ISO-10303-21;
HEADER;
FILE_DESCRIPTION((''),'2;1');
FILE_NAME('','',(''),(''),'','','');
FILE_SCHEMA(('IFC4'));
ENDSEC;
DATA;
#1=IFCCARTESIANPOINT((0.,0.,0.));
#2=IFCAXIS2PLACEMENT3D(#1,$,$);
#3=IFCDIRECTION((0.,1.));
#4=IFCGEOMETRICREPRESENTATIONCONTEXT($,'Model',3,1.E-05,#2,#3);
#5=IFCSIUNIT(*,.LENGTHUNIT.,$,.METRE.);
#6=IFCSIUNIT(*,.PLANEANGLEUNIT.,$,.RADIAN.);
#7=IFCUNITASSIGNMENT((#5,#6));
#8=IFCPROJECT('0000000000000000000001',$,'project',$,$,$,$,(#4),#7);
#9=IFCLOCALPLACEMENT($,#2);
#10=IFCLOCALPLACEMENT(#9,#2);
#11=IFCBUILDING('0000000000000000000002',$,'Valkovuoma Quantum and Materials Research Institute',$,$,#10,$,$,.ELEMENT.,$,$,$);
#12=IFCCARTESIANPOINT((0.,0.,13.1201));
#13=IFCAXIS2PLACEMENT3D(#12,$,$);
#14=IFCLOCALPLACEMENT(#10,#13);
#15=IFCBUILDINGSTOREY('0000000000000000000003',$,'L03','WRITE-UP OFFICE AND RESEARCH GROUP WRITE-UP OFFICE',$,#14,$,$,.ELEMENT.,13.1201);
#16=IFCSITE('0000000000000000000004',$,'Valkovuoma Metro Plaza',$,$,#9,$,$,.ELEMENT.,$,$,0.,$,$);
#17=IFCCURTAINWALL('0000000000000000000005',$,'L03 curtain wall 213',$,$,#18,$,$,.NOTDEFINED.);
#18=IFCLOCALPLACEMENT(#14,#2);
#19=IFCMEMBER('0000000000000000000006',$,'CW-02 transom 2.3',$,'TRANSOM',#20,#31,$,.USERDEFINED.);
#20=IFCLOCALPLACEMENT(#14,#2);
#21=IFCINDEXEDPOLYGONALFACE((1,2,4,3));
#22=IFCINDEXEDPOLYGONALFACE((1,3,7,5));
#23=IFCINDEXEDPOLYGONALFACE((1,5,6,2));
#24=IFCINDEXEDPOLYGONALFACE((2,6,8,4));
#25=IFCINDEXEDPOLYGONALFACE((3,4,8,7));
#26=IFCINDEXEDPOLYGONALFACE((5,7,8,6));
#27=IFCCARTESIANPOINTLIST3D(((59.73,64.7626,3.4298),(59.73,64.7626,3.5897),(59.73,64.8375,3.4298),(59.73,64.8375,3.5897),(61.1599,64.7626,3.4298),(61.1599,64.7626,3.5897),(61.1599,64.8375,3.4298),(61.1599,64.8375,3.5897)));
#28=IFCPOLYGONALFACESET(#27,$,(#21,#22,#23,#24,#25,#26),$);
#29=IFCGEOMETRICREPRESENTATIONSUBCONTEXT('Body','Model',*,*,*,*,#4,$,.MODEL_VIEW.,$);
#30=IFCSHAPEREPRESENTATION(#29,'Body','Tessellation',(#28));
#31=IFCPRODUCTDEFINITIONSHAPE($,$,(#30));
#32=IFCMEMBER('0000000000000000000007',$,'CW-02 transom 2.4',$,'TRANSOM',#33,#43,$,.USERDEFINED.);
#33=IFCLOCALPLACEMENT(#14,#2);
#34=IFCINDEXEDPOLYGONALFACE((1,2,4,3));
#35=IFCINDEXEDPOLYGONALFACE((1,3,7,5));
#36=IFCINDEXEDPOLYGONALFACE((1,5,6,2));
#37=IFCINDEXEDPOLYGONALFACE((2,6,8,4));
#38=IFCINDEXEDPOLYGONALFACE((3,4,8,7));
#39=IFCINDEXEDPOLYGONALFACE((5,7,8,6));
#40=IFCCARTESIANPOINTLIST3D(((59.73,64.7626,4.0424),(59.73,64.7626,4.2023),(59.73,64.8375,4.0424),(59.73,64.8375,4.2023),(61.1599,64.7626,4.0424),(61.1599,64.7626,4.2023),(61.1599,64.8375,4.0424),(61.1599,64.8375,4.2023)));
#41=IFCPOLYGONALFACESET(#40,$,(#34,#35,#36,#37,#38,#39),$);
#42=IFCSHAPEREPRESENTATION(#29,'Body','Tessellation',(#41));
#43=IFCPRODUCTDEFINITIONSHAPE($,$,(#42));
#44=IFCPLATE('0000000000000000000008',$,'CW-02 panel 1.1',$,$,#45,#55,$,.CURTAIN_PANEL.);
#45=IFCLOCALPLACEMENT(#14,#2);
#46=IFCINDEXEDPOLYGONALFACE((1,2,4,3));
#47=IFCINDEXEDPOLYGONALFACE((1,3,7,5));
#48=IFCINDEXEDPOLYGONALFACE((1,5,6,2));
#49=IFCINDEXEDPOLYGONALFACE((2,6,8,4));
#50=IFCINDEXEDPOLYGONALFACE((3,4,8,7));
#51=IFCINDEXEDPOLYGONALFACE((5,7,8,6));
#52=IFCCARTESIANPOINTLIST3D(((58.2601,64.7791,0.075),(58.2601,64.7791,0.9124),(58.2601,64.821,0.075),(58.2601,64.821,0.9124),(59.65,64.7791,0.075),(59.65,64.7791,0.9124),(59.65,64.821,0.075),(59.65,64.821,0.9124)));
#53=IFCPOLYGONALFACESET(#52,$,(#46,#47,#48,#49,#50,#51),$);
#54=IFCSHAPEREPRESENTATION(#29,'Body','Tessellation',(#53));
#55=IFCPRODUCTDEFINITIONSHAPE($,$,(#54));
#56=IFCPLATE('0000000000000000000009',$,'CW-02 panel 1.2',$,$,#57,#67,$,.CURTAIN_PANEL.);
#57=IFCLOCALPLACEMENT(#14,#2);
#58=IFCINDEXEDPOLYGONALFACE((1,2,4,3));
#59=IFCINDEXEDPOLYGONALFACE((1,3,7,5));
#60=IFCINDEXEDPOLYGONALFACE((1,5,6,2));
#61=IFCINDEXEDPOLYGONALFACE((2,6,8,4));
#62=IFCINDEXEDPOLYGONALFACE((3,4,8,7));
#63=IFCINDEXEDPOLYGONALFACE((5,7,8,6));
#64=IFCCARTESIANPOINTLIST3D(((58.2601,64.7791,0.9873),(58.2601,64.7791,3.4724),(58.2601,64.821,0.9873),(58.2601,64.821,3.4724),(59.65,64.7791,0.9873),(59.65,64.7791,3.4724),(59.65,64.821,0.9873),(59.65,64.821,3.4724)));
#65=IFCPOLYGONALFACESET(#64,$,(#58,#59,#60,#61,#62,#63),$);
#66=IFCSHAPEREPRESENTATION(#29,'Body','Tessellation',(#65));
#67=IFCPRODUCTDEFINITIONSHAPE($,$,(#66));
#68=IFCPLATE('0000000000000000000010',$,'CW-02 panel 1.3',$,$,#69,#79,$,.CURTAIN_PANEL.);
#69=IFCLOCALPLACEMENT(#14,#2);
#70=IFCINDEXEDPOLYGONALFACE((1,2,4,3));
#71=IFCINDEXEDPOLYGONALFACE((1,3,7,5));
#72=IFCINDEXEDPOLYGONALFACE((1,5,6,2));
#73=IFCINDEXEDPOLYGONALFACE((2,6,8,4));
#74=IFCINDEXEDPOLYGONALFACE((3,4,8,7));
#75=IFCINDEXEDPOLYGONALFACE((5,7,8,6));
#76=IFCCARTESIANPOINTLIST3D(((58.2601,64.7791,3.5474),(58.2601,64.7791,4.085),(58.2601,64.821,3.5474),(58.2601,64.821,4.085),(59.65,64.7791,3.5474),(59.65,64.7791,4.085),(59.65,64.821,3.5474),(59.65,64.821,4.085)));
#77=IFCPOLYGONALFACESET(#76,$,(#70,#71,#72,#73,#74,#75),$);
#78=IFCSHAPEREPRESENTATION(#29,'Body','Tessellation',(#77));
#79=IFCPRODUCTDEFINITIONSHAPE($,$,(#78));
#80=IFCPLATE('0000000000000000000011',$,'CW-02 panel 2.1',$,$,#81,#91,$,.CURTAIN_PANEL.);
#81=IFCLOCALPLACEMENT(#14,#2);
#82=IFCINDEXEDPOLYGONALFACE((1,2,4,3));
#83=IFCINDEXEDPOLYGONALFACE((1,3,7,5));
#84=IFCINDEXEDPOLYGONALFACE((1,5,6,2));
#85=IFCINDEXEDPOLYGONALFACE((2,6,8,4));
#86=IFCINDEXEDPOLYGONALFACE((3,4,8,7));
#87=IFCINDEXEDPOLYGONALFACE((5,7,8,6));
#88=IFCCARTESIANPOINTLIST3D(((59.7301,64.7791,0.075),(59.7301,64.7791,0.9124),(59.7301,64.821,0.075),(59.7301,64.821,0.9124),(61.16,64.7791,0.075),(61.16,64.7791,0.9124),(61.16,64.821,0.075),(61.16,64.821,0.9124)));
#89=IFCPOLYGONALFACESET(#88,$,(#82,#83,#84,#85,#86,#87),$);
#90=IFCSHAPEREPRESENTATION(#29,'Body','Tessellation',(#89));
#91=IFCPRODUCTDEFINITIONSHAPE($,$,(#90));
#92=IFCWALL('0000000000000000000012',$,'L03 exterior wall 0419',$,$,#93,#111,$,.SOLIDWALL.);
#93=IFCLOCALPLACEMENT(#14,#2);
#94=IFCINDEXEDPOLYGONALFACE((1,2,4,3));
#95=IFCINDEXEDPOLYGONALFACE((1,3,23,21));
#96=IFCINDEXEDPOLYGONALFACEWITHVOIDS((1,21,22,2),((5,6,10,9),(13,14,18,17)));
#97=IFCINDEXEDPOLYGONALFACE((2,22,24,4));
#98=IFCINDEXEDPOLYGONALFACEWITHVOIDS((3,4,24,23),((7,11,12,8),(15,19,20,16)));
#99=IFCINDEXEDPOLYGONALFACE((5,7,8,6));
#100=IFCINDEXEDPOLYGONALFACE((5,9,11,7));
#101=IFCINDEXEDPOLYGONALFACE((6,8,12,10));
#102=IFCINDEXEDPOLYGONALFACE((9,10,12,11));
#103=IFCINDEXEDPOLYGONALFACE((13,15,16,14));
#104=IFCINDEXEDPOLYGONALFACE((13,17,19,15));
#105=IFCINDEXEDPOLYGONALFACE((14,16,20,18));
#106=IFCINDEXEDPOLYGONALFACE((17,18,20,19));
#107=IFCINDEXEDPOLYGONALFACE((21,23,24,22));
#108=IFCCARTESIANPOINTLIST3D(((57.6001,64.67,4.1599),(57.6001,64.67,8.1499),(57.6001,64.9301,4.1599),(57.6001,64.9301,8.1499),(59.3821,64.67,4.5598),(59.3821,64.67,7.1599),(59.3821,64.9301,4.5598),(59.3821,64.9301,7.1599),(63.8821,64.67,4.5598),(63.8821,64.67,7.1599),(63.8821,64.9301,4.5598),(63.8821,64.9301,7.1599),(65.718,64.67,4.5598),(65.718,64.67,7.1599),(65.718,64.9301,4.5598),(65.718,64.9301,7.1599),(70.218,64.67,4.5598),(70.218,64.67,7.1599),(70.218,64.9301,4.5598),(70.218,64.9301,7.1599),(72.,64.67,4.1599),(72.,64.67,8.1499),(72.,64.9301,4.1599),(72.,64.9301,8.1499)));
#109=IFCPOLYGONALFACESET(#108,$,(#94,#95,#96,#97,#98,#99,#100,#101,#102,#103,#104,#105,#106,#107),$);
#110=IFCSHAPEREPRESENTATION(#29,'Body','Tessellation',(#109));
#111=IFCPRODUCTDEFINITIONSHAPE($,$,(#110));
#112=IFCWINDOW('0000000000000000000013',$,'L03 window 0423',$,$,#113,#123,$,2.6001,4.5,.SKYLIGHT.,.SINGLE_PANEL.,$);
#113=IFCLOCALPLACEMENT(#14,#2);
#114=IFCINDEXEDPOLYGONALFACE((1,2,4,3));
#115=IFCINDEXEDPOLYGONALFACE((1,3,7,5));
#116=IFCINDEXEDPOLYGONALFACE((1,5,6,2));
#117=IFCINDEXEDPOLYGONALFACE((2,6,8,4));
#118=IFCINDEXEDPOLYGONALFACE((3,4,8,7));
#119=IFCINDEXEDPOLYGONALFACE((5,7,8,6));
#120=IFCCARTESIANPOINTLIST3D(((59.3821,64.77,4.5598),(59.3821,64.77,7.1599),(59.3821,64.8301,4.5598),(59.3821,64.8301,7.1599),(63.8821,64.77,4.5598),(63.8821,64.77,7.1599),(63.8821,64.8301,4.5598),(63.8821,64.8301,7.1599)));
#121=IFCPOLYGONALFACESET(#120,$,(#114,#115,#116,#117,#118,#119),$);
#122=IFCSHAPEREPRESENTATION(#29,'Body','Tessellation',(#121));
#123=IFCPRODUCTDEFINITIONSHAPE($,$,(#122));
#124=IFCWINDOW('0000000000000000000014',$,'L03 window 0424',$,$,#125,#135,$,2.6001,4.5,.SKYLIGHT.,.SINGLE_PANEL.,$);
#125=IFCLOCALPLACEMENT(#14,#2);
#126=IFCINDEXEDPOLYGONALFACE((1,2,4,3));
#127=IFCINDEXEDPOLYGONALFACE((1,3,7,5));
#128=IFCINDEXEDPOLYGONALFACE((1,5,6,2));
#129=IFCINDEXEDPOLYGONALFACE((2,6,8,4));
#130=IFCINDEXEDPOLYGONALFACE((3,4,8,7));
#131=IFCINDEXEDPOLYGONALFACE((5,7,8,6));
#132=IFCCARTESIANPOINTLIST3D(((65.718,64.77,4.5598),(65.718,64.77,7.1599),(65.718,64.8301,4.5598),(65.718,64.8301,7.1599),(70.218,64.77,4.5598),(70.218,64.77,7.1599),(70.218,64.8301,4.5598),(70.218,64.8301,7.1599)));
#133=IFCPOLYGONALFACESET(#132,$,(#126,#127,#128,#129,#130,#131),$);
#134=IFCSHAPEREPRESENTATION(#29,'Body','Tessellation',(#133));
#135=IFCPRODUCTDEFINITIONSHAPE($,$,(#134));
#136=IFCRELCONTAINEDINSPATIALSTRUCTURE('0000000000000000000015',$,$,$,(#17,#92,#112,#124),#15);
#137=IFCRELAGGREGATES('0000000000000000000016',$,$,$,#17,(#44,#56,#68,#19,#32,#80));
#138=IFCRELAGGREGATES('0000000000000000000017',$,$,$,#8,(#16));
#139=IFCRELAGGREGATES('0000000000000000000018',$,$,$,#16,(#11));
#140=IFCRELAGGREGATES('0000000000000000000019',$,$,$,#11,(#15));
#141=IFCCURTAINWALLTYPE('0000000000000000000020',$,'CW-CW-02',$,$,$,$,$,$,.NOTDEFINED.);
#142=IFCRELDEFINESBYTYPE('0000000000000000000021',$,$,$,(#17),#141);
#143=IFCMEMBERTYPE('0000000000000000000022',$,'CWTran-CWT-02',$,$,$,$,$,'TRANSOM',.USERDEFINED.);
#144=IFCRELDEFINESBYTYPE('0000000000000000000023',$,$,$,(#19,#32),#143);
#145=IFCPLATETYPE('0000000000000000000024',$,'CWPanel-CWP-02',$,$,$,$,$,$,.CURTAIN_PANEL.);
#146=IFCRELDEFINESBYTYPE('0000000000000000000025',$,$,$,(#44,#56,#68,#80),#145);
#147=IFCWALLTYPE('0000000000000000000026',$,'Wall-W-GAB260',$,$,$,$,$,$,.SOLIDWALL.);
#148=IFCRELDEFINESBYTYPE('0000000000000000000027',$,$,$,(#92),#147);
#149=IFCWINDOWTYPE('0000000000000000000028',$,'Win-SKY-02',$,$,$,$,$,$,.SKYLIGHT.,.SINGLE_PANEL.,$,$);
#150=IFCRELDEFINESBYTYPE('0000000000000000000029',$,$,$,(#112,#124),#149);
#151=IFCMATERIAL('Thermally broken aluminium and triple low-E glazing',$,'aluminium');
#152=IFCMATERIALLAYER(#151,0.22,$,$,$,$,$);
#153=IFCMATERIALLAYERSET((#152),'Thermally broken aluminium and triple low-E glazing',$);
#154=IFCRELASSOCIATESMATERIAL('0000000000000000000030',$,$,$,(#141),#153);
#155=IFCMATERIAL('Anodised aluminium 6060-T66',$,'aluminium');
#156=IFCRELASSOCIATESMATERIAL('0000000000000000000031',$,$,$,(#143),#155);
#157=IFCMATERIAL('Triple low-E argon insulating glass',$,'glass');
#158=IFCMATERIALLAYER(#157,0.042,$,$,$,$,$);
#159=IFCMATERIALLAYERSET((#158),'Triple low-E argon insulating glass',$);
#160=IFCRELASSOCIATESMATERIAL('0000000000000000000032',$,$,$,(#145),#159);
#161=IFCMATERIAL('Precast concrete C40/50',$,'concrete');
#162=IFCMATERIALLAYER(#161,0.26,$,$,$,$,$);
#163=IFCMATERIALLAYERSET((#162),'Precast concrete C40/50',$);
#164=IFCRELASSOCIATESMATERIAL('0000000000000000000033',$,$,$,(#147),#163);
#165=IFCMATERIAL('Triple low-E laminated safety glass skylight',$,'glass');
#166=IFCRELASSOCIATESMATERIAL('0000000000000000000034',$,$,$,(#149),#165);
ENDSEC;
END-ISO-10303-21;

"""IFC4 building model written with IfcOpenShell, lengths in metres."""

from ifc_helpers import new_model, si_unit, direction, frame, frame_2d, origin, origin_2d, place, context, subcontext, project, spatial, rectangle, extrude, material, layer, layer_set, material_profile, profile_set, type_object, element, fill, aggregate, save


model = new_model("IFC4")

# Units and contexts
model_context = context("Model", 3, precision=1e-05, world=origin(), true_north=direction((0.0, 1.0)))
body_context = subcontext(model_context, "Body", "Model", "MODEL_VIEW")
ifc_project = project(units=[si_unit("LENGTHUNIT", "METRE"), si_unit("PLANEANGLEUNIT", "RADIAN")], contexts=[model_context])

# Site, building, storey
site_placement = place(None, origin())
site = spatial("IfcSite", under=ifc_project, at=site_placement, Name="Valkovuoma Metro Plaza", CompositionType="ELEMENT", RefElevation=0.0)
building_placement = place(site_placement, origin())
building = spatial("IfcBuilding", under=site, at=building_placement, Name="Valkovuoma Quantum and Materials Research Institute", CompositionType="ELEMENT")
storey_placement = place(building_placement, frame((0.0, 0.0, 13.1201)))
storey = spatial("IfcBuildingStorey", under=building, at=storey_placement, Name="L03", Description="WRITE-UP OFFICE AND RESEARCH GROUP WRITE-UP OFFICE", CompositionType="ELEMENT", Elevation=13.1201)

# Curtain wall, members, plates
ifc_material_1 = material(Name="Thermally broken aluminium and triple low-E glazing", Category="aluminium")
ifc_layer_1 = layer(ifc_material_1, 0.22)
ifc_layer_set_1 = layer_set([ifc_layer_1], Name="Thermally broken aluminium and triple low-E glazing")
curtain_wall_type = type_object("IfcCurtainWallType", Name="CW-CW-02", PredefinedType="NOTDEFINED", material=ifc_layer_set_1)
curtain_wall_placement = place(storey_placement, origin())
curtain_wall = element("IfcCurtainWall", 1, at=curtain_wall_placement, inside=storey, type_object=curtain_wall_type, Name="L03 curtain wall 213", PredefinedType="NOTDEFINED")
ifc_material_2 = material(Name="Anodised aluminium 6060-T66", Category="aluminium")
ifc_material_profile_1 = material_profile(ifc_material_2, rectangle(XDim=0.075, YDim=0.1599, at=origin_2d()), Name="Anodised aluminium 6060-T66")
ifc_profile_set_1 = profile_set([ifc_material_profile_1], Name="Anodised aluminium 6060-T66")
member_type_1 = type_object("IfcMemberType", Name="CWTran-CWT-02", ElementType="TRANSOM", PredefinedType="USERDEFINED", material=ifc_profile_set_1)
member_1_placement = place(storey_placement, frame((59.73, 64.8, 3.5098), z_axis=(1.0, 0.0, 0.0), x_axis=(0.0, 1.0, 0.0)))
member_1 = element("IfcMember", 2, at=member_1_placement, type_object=member_type_1, Name="CW-02 transom 2.3", ObjectType="TRANSOM", PredefinedType="USERDEFINED", context=body_context, shape_type="SweptSolid", body=[
    extrude(rectangle(XDim=0.075, YDim=0.1599, at=origin_2d()), origin(), (0.0, 0.0, 1.0), 1.4299),
])
member_2_placement = place(storey_placement, frame((59.73, 64.8, 4.1223), z_axis=(1.0, 0.0, 0.0), x_axis=(0.0, 1.0, 0.0)))
member_2 = element("IfcMember", 3, at=member_2_placement, type_object=member_type_1, Name="CW-02 transom 2.4", ObjectType="TRANSOM", PredefinedType="USERDEFINED", context=body_context, shape_type="SweptSolid", body=[
    extrude(rectangle(XDim=0.075, YDim=0.1599, at=origin_2d()), origin(), (0.0, 0.0, 1.0), 1.4299),
])
ifc_material_3 = material(Name="Triple low-E argon insulating glass", Category="glass")
ifc_layer_2 = layer(ifc_material_3, 0.042)
ifc_layer_set_2 = layer_set([ifc_layer_2], Name="Triple low-E argon insulating glass")
plate_type = type_object("IfcPlateType", Name="CWPanel-CWP-02", PredefinedType="CURTAIN_PANEL", material=ifc_layer_set_2)
plate_1_placement = place(storey_placement, frame((58.9551, 64.8, 0.075), z_axis=(0.0, 0.0, 1.0), x_axis=(1.0, 0.0, 0.0)))
plate_1 = element("IfcPlate", 4, at=plate_1_placement, type_object=plate_type, Name="CW-02 panel 1.1", PredefinedType="CURTAIN_PANEL", context=body_context, shape_type="SweptSolid", body=[
    extrude(rectangle(XDim=1.3899, YDim=0.042, at=origin_2d()), origin(), (0.0, 0.0, 1.0), 0.8374),
])
plate_2_placement = place(storey_placement, frame((58.9551, 64.8, 0.9873), z_axis=(0.0, 0.0, 1.0), x_axis=(1.0, 0.0, 0.0)))
plate_2 = element("IfcPlate", 5, at=plate_2_placement, type_object=plate_type, Name="CW-02 panel 1.2", PredefinedType="CURTAIN_PANEL", context=body_context, shape_type="SweptSolid", body=[
    extrude(rectangle(XDim=1.3899, YDim=0.042, at=origin_2d()), origin(), (0.0, 0.0, 1.0), 2.4851),
])
plate_3_placement = place(storey_placement, frame((58.9551, 64.8, 3.5474), z_axis=(0.0, 0.0, 1.0), x_axis=(1.0, 0.0, 0.0)))
plate_3 = element("IfcPlate", 6, at=plate_3_placement, type_object=plate_type, Name="CW-02 panel 1.3", PredefinedType="CURTAIN_PANEL", context=body_context, shape_type="SweptSolid", body=[
    extrude(rectangle(XDim=1.3899, YDim=0.042, at=origin_2d()), origin(), (0.0, 0.0, 1.0), 0.5376),
])
plate_4_placement = place(storey_placement, frame((60.4451, 64.8, 0.075), z_axis=(0.0, 0.0, 1.0), x_axis=(1.0, 0.0, 0.0)))
plate_4 = element("IfcPlate", 7, at=plate_4_placement, type_object=plate_type, Name="CW-02 panel 2.1", PredefinedType="CURTAIN_PANEL", context=body_context, shape_type="SweptSolid", body=[
    extrude(rectangle(XDim=1.4299, YDim=0.042, at=origin_2d()), origin(), (0.0, 0.0, 1.0), 0.8374),
])
aggregate(curtain_wall, [plate_1, plate_2, plate_3, member_1, member_2, plate_4])

# Wall, openings, windows
ifc_material_4 = material(Name="Precast concrete C40/50", Category="concrete")
ifc_layer_3 = layer(ifc_material_4, 0.26)
ifc_layer_set_3 = layer_set([ifc_layer_3], Name="Precast concrete C40/50")
wall_type = type_object("IfcWallType", Name="Wall-W-GAB260", PredefinedType="SOLIDWALL", material=ifc_layer_set_3)
wall_placement = place(storey_placement, frame((57.6001, 64.8, 4.1599), z_axis=(0.0, 0.0, 1.0), x_axis=(1.0, 0.0, 0.0)))
wall = element("IfcWall", 8, at=wall_placement, inside=storey, type_object=wall_type, Name="L03 exterior wall 0419", PredefinedType="SOLIDWALL", context=body_context, shape_type="SweptSolid", body=[
    extrude(rectangle(XDim=14.3999, YDim=0.26, at=frame_2d((7.2, 0.0))), origin(), (0.0, 0.0, 1.0), 3.99),
])
opening_1_placement = place(wall_placement, frame((1.782, 0.0, 0.3999)))
opening_1 = element("IfcOpeningElement", 9, at=opening_1_placement, cuts=wall, PredefinedType="OPENING", context=body_context, shape_type="SweptSolid", body=[
    extrude(rectangle(XDim=4.5, YDim=2.6001, at=frame_2d((2.25, 1.3))), frame((0.0, 0.1401, 0.0), z_axis=(0.0, -1.0, 0.0), x_axis=(1.0, 0.0, 0.0)), (0.0, 0.0, 1.0), 0.28),
])
opening_2_placement = place(wall_placement, frame((8.1179, 0.0, 0.3999)))
opening_2 = element("IfcOpeningElement", 10, at=opening_2_placement, cuts=wall, PredefinedType="OPENING", context=body_context, shape_type="SweptSolid", body=[
    extrude(rectangle(XDim=4.5, YDim=2.6001, at=frame_2d((2.25, 1.3))), frame((0.0, 0.1401, 0.0), z_axis=(0.0, -1.0, 0.0), x_axis=(1.0, 0.0, 0.0)), (0.0, 0.0, 1.0), 0.28),
])
ifc_material_5 = material(Name="Triple low-E laminated safety glass skylight", Category="glass")
window_type = type_object("IfcWindowType", Name="Win-SKY-02", PartitioningType="SINGLE_PANEL", PredefinedType="SKYLIGHT", material=ifc_material_5)
window_1_placement = place(opening_1_placement, origin())
window_1 = element("IfcWindow", 11, at=window_1_placement, inside=storey, type_object=window_type, Name="L03 window 0423", OverallHeight=2.6001, OverallWidth=4.5, PartitioningType="SINGLE_PANEL", PredefinedType="SKYLIGHT", context=body_context, shape_type="SweptSolid", body=[
    extrude(rectangle(XDim=4.5, YDim=2.6001, at=frame_2d((2.25, 1.3))), frame((0.0, 0.03, 0.0), z_axis=(0.0, -1.0, 0.0), x_axis=(1.0, 0.0, 0.0)), (0.0, 0.0, 1.0), 0.0601),
])
fill(opening_1, window_1)
window_2_placement = place(opening_2_placement, origin())
window_2 = element("IfcWindow", 12, at=window_2_placement, inside=storey, type_object=window_type, Name="L03 window 0424", OverallHeight=2.6001, OverallWidth=4.5, PartitioningType="SINGLE_PANEL", PredefinedType="SKYLIGHT", context=body_context, shape_type="SweptSolid", body=[
    extrude(rectangle(XDim=4.5, YDim=2.6001, at=frame_2d((2.25, 1.3))), frame((0.0, 0.03, 0.0), z_axis=(0.0, -1.0, 0.0), x_axis=(1.0, 0.0, 0.0)), (0.0, 0.0, 1.0), 0.0601),
])
fill(opening_2, window_2)

save(model, "model.ifc")
